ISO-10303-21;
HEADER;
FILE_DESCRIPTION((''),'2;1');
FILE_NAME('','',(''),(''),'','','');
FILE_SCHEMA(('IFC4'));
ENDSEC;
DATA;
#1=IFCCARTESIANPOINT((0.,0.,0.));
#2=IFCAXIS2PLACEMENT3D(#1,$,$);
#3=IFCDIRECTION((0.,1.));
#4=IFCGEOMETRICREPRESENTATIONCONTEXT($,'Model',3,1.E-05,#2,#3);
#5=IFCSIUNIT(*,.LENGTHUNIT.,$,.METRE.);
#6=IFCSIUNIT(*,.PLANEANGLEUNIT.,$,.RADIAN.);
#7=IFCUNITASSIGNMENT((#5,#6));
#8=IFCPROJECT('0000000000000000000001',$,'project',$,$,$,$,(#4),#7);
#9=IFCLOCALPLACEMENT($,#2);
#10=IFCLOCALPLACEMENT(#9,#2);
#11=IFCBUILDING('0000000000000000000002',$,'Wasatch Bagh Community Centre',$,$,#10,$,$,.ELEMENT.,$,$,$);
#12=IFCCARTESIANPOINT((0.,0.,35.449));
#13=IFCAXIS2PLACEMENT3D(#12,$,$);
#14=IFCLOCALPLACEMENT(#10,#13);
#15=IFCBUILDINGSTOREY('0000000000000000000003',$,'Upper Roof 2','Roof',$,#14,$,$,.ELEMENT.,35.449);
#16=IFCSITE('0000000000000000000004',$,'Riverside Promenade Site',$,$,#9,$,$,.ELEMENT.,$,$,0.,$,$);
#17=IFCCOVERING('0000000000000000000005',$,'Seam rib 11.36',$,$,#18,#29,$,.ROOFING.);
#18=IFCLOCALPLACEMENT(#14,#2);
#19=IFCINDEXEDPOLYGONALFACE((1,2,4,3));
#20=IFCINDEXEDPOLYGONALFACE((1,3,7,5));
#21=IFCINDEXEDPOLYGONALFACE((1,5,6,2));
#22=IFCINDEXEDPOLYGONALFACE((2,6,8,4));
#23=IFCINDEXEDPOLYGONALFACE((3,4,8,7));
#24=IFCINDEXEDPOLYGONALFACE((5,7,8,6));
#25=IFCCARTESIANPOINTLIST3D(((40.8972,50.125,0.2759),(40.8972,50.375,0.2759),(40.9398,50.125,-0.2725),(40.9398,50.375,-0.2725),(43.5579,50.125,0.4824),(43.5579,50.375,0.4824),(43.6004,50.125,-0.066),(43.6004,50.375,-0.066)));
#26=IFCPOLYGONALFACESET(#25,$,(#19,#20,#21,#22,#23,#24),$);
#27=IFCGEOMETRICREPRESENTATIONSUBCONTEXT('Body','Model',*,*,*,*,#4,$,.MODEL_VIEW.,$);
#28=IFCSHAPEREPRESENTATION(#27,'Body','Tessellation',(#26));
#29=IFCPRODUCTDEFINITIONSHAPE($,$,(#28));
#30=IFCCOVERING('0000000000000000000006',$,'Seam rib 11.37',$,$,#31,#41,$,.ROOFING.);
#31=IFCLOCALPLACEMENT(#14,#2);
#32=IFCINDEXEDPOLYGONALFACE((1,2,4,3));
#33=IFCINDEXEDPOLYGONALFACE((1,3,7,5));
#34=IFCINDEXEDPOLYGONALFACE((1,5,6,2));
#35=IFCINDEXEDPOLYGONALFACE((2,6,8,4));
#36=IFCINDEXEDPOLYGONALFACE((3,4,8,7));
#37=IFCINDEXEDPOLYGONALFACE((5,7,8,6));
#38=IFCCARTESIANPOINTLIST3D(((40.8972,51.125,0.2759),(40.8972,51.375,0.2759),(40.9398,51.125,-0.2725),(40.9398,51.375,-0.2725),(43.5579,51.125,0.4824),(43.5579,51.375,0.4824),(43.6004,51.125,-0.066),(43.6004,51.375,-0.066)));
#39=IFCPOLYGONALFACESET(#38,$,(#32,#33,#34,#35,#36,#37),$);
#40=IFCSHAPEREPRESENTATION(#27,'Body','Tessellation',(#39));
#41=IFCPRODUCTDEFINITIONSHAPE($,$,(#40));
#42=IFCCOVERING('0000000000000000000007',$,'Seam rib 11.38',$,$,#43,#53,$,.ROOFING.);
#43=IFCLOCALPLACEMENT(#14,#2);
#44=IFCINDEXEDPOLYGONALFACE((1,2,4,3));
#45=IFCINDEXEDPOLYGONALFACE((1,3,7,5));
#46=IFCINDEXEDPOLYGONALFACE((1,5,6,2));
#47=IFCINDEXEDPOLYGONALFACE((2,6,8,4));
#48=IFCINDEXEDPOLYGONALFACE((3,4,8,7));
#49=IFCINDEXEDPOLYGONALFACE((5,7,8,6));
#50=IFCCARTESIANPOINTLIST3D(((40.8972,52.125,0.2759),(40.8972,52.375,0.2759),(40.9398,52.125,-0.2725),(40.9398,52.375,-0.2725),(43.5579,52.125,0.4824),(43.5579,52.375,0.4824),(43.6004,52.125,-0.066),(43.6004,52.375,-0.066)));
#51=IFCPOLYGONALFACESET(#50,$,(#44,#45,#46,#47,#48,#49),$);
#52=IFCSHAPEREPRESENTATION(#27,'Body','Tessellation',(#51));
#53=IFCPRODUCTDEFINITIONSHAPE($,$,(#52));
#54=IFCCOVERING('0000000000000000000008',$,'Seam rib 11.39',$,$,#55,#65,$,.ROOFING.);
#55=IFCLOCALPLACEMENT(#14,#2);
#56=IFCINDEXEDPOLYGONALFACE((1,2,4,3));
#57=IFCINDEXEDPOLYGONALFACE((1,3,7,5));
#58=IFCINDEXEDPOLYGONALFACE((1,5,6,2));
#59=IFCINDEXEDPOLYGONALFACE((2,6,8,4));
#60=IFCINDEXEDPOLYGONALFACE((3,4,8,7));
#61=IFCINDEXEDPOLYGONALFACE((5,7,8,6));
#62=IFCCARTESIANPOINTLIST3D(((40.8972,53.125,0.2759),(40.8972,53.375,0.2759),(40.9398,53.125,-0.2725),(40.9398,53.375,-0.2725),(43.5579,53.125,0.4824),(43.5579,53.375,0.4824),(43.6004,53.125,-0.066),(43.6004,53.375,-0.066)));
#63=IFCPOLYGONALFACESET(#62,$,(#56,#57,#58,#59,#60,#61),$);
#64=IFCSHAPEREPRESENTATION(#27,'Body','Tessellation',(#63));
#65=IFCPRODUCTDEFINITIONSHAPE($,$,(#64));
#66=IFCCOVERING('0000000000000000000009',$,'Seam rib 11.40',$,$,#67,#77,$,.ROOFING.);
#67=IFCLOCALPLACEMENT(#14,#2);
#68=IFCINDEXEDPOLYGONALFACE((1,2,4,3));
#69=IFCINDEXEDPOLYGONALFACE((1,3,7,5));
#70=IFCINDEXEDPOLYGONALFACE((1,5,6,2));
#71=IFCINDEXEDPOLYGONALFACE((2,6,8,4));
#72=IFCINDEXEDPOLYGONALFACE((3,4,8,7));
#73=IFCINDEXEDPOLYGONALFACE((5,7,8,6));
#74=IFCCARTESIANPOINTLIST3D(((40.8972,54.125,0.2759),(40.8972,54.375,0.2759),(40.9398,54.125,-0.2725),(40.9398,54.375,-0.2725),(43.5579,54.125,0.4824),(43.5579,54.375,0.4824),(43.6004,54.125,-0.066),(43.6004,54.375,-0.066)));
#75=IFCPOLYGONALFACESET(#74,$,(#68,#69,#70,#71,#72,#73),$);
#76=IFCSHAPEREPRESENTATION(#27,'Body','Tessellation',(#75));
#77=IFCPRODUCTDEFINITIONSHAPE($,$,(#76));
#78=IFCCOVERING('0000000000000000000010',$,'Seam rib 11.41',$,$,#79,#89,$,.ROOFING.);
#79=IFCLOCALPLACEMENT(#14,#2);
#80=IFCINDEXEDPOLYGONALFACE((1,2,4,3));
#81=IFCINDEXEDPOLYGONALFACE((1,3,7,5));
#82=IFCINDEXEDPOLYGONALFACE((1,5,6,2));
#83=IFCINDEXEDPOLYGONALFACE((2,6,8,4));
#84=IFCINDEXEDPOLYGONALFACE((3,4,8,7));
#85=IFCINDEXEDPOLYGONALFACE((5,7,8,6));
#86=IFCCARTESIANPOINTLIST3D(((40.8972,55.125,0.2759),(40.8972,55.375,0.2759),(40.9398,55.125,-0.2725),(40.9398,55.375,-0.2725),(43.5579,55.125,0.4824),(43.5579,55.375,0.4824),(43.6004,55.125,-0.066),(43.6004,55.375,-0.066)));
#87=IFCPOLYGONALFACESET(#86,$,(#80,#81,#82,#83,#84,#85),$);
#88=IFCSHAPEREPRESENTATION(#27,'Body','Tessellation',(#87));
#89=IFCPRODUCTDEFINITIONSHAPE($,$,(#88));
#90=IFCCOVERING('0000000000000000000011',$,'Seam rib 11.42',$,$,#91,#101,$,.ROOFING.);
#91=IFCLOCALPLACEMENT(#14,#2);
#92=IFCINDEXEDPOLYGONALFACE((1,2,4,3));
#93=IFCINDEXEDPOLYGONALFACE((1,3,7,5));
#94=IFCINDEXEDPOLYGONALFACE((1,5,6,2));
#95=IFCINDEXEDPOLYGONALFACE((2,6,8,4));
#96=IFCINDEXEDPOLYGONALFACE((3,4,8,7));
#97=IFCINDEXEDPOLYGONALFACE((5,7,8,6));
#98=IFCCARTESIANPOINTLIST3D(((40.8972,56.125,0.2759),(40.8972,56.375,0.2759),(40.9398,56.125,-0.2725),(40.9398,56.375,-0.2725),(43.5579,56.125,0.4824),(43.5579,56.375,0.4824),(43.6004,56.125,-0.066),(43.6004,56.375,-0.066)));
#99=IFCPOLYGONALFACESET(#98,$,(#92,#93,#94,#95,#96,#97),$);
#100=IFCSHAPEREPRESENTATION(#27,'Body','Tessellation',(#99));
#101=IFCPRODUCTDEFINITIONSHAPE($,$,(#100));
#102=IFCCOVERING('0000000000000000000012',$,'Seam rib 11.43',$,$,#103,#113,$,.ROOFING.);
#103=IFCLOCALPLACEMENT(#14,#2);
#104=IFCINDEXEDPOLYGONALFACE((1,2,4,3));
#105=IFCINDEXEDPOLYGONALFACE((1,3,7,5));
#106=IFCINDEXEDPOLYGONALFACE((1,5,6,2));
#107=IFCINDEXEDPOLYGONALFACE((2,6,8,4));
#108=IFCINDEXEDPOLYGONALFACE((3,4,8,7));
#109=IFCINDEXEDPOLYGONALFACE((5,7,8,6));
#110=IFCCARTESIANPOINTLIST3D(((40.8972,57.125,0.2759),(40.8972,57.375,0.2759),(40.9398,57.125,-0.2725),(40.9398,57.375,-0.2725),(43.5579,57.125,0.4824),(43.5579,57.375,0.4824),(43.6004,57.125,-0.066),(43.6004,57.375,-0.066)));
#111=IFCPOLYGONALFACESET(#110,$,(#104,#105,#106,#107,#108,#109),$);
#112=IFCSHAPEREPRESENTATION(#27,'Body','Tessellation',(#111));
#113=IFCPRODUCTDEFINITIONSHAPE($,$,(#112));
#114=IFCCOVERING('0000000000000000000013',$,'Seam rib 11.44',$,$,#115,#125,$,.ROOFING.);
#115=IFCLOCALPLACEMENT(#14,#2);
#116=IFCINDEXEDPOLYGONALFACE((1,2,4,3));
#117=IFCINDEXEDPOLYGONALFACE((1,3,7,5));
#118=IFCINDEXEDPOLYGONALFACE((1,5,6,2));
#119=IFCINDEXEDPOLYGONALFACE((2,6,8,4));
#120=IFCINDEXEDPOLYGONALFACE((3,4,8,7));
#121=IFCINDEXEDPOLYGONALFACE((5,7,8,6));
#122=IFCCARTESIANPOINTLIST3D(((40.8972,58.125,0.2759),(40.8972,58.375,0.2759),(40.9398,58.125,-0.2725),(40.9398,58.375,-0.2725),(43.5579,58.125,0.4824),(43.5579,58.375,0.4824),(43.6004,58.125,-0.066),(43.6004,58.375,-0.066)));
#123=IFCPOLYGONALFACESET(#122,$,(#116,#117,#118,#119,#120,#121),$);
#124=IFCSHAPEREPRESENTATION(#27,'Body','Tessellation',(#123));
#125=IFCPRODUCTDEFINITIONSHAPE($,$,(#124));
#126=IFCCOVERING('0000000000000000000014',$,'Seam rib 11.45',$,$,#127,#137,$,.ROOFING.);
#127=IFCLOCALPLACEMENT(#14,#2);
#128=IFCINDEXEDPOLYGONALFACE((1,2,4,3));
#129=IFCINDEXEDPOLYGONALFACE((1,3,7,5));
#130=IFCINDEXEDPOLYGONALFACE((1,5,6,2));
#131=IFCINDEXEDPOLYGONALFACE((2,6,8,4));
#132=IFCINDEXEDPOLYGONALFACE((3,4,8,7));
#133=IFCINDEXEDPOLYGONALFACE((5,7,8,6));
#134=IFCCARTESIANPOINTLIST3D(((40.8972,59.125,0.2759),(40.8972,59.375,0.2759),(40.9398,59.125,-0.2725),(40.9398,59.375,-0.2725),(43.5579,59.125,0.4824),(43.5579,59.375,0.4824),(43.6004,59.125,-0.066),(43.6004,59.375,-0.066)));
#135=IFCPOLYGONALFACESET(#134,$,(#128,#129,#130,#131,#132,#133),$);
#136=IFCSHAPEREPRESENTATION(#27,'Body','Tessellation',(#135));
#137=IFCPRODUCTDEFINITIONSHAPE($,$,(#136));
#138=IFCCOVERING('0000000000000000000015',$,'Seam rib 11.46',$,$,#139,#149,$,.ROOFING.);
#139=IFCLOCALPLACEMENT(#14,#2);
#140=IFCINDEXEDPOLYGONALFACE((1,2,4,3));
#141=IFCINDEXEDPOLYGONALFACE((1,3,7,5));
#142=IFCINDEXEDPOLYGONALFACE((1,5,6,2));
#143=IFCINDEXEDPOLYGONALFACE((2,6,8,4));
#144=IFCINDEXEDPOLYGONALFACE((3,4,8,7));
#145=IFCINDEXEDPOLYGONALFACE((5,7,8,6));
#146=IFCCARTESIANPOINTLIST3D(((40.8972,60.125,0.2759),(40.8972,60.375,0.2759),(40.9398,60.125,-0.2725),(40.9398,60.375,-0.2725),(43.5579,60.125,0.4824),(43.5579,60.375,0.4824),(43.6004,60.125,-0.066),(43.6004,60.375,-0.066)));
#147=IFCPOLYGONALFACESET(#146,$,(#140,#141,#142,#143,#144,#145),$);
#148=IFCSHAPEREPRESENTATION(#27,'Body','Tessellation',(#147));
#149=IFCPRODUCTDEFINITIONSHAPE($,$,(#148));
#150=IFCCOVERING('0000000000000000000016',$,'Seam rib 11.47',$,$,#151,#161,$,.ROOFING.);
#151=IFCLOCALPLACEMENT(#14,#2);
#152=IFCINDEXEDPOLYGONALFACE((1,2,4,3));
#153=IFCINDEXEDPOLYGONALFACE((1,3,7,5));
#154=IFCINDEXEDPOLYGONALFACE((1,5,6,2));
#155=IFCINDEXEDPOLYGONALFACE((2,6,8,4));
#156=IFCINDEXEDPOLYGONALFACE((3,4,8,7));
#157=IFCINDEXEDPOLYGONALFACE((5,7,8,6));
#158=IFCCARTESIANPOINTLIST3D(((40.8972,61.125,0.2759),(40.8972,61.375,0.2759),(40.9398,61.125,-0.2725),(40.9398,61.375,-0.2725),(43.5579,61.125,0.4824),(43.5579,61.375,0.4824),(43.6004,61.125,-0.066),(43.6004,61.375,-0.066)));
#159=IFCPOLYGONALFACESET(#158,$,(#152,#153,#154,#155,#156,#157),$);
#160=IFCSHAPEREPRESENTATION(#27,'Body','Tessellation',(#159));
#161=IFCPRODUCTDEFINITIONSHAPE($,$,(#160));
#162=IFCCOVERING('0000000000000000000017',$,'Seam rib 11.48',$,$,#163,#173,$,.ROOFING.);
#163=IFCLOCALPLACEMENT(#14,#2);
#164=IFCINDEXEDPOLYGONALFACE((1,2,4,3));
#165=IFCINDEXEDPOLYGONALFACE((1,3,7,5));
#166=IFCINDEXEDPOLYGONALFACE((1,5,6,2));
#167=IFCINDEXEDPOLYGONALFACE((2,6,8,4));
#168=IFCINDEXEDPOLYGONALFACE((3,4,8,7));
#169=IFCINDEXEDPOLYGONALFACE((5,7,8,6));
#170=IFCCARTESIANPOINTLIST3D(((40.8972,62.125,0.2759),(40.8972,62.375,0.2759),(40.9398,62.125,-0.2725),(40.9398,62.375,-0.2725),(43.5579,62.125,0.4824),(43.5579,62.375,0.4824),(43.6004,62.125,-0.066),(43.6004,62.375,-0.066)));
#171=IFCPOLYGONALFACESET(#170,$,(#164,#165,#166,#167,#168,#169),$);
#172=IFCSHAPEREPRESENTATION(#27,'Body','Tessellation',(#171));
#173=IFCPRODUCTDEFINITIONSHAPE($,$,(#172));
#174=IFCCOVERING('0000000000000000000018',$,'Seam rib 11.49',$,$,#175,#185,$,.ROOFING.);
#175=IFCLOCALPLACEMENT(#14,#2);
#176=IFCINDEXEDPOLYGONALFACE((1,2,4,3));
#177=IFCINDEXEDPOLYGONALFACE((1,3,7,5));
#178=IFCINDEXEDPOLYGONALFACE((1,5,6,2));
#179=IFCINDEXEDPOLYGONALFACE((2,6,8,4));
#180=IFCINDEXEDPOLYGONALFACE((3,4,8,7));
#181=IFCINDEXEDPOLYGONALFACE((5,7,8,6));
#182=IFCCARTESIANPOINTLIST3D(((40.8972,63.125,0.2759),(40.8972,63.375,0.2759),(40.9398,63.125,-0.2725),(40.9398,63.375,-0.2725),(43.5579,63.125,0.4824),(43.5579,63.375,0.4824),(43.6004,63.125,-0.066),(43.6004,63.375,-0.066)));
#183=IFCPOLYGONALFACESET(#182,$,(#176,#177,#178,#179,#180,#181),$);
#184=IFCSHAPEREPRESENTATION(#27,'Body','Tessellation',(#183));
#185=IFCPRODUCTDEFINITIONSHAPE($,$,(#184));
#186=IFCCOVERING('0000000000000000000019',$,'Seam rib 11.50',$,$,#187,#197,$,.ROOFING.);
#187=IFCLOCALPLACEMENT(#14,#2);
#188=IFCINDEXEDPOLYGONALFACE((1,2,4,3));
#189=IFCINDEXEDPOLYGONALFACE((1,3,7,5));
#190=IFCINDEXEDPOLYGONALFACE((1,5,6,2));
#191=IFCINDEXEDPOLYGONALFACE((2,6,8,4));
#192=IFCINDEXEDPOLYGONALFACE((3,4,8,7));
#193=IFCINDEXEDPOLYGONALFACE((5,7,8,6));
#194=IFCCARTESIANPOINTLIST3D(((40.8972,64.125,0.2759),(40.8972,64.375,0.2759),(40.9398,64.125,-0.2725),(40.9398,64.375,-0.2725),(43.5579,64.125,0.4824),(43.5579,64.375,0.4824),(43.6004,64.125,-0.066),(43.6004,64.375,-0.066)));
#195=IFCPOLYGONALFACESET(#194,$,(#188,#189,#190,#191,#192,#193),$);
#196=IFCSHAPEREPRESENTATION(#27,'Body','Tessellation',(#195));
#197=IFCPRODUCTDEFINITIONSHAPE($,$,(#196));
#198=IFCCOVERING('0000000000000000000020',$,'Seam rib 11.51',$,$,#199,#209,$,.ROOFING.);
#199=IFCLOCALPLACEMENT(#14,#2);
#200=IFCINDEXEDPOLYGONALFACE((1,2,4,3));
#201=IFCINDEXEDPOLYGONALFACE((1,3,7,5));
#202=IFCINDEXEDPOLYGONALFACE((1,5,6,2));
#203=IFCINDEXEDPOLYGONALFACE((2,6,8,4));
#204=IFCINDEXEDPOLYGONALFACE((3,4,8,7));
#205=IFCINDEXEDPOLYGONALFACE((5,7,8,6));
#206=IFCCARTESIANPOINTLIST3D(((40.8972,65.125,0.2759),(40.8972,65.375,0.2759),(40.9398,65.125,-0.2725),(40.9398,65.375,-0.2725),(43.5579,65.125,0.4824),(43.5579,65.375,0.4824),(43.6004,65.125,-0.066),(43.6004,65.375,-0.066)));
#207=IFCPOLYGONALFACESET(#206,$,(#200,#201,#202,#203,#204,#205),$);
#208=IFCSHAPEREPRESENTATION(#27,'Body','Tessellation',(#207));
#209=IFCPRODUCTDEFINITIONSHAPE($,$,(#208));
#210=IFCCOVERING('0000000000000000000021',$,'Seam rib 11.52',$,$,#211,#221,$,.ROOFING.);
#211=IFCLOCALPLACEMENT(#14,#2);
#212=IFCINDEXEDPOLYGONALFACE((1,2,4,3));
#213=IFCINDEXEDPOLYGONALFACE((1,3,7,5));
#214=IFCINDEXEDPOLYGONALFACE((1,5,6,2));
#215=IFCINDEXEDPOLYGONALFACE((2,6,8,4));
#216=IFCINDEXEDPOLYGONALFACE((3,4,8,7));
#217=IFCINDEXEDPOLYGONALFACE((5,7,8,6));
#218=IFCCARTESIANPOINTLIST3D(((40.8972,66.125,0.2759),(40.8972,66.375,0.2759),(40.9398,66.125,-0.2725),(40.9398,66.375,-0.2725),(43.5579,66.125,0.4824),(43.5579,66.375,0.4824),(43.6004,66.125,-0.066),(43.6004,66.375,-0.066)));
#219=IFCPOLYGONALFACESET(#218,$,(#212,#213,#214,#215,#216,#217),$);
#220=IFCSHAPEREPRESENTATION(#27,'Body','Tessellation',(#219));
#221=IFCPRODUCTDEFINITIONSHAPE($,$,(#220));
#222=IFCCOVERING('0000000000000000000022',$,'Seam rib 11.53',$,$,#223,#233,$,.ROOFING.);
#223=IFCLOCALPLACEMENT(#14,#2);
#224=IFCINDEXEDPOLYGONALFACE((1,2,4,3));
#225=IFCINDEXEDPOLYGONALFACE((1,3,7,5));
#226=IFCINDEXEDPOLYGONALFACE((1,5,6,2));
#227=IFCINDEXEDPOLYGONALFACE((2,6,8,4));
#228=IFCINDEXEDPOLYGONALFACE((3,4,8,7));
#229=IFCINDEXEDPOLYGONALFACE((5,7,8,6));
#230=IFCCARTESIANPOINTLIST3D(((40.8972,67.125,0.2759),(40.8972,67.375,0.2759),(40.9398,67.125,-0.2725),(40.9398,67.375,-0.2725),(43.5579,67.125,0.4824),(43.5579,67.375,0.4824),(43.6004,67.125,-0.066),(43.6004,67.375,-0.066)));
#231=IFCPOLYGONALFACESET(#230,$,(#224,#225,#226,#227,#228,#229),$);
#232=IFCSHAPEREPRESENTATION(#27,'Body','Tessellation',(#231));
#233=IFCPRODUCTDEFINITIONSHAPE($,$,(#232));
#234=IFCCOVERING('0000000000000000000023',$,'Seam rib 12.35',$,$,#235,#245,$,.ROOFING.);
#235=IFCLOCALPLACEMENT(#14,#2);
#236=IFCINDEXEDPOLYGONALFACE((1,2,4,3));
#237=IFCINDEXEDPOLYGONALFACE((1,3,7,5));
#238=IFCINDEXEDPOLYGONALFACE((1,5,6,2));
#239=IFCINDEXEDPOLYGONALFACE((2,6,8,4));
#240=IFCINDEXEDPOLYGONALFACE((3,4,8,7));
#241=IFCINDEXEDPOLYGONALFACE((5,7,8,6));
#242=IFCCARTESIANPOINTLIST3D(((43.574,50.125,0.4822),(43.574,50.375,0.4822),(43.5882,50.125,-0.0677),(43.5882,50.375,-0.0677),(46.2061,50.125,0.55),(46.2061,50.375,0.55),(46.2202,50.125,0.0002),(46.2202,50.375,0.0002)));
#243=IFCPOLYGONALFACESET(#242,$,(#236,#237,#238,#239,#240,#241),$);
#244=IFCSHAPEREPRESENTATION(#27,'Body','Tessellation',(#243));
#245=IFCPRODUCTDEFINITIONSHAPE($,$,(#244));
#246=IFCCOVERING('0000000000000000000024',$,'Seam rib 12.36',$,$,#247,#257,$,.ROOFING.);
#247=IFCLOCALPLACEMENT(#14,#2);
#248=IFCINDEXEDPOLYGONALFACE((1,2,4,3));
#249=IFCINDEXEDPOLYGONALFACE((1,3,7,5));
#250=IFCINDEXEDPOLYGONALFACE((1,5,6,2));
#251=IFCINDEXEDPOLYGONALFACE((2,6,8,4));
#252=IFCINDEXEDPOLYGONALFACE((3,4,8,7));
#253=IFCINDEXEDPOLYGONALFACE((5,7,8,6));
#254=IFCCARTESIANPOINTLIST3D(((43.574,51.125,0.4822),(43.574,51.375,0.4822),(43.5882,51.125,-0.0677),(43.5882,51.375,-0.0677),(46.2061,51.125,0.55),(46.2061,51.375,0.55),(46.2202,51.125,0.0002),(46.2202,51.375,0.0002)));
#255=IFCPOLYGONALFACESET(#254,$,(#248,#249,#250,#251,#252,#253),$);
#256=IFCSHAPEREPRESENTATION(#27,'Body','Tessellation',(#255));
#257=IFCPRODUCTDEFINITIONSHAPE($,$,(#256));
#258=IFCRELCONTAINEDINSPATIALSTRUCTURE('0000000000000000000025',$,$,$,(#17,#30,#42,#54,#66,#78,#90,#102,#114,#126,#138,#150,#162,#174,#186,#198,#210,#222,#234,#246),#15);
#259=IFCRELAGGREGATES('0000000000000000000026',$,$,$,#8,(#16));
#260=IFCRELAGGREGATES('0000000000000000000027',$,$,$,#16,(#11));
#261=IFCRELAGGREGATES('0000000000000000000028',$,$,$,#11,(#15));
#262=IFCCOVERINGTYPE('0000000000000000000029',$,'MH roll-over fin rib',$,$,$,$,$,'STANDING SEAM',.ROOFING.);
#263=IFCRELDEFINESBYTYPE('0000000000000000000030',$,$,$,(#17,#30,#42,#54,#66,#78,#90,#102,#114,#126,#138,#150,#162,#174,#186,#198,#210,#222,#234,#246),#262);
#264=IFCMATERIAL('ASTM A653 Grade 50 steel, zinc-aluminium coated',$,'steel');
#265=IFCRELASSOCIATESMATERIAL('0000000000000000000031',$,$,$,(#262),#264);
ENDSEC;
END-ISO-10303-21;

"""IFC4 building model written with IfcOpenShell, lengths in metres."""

from ifc_helpers import new_model, si_unit, direction, frame, origin, place, context, subcontext, project, spatial, polyline, outline, extrude, material, type_object, element, save


model = new_model("IFC4")

# Units and contexts
model_context = context("Model", 3, precision=1e-05, world=origin(), true_north=direction((0.0, 1.0)))
body_context = subcontext(model_context, "Body", "Model", "MODEL_VIEW")
ifc_project = project(units=[si_unit("LENGTHUNIT", "METRE"), si_unit("PLANEANGLEUNIT", "RADIAN")], contexts=[model_context])

# Site, building, storey
site_placement = place(None, origin())
site = spatial("IfcSite", under=ifc_project, at=site_placement, Name="Riverside Promenade Site", CompositionType="ELEMENT", RefElevation=0.0)
building_placement = place(site_placement, origin())
building = spatial("IfcBuilding", under=site, at=building_placement, Name="Wasatch Bagh Community Centre", CompositionType="ELEMENT")
storey_placement = place(building_placement, frame((0.0, 0.0, 35.449)))
storey = spatial("IfcBuildingStorey", under=building, at=storey_placement, Name="Upper Roof 2", Description="Roof", CompositionType="ELEMENT", Elevation=35.449)

# Coverings
ifc_material = material(Name="ASTM A653 Grade 50 steel, zinc-aluminium coated", Category="steel")
covering_type = type_object("IfcCoveringType", Name="MH roll-over fin rib", ElementType="STANDING SEAM", PredefinedType="ROOFING", material=ifc_material)
for number, where, z_axis, x_axis, name in (
    (1, (40.8972, 50.125, 0.2759), (-0.077396, 0.0, 0.997), (0.997, 0.0, 0.077396), "Seam rib 11.36"),
    (2, (40.8972, 51.125, 0.2759), (-0.077396, 0.0, 0.997), (0.997, 0.0, 0.077396), "Seam rib 11.37"),
    (3, (40.8972, 52.125, 0.2759), (-0.077396, 0.0, 0.997), (0.997, 0.0, 0.077396), "Seam rib 11.38"),
    (4, (40.8972, 53.125, 0.2759), (-0.077396, 0.0, 0.997), (0.997, 0.0, 0.077396), "Seam rib 11.39"),
    (5, (40.8972, 54.125, 0.2759), (-0.077396, 0.0, 0.997), (0.997, 0.0, 0.077396), "Seam rib 11.40"),
    (6, (40.8972, 55.125, 0.2759), (-0.077396, 0.0, 0.997), (0.997, 0.0, 0.077396), "Seam rib 11.41"),
    (7, (40.8972, 56.125, 0.2759), (-0.077396, 0.0, 0.997), (0.997, 0.0, 0.077396), "Seam rib 11.42"),
    (8, (40.8972, 57.125, 0.2759), (-0.077396, 0.0, 0.997), (0.997, 0.0, 0.077396), "Seam rib 11.43"),
    (9, (40.8972, 58.125, 0.2759), (-0.077396, 0.0, 0.997), (0.997, 0.0, 0.077396), "Seam rib 11.44"),
    (10, (40.8972, 59.125, 0.2759), (-0.077396, 0.0, 0.997), (0.997, 0.0, 0.077396), "Seam rib 11.45"),
    (11, (40.8972, 60.125, 0.2759), (-0.077396, 0.0, 0.997), (0.997, 0.0, 0.077396), "Seam rib 11.46"),
    (12, (40.8972, 61.125, 0.2759), (-0.077396, 0.0, 0.997), (0.997, 0.0, 0.077396), "Seam rib 11.47"),
    (13, (40.8972, 62.125, 0.2759), (-0.077396, 0.0, 0.997), (0.997, 0.0, 0.077396), "Seam rib 11.48"),
    (14, (40.8972, 63.125, 0.2759), (-0.077396, 0.0, 0.997), (0.997, 0.0, 0.077396), "Seam rib 11.49"),
    (15, (40.8972, 64.125, 0.2759), (-0.077396, 0.0, 0.997), (0.997, 0.0, 0.077396), "Seam rib 11.50"),
    (16, (40.8972, 65.125, 0.2759), (-0.077396, 0.0, 0.997), (0.997, 0.0, 0.077396), "Seam rib 11.51"),
    (17, (40.8972, 66.125, 0.2759), (-0.077396, 0.0, 0.997), (0.997, 0.0, 0.077396), "Seam rib 11.52"),
    (18, (40.8972, 67.125, 0.2759), (-0.077396, 0.0, 0.997), (0.997, 0.0, 0.077396), "Seam rib 11.53"),
):
    element("IfcCovering", number, at=place(storey_placement, frame(where, z_axis=z_axis, x_axis=x_axis)), inside=storey, type_object=covering_type, Name=name, PredefinedType="ROOFING", context=body_context, shape_type="SweptSolid", body=[
        extrude(outline(polyline([(0.0, 0.0), (2.6686, 0.0), (2.6686, 0.25), (0.0, 0.25), (0.0, 0.0)])), origin(), (0.0, 0.0, -1.0), 0.55),
    ])
for number, where, z_axis, x_axis, name in (
    (19, (43.574, 50.125, 0.4822), (-0.025778, 0.0, 0.999668), (0.999668, 0.0, 0.025778), "Seam rib 12.35"),
    (20, (43.574, 51.125, 0.4822), (-0.025778, 0.0, 0.999668), (0.999668, 0.0, 0.025778), "Seam rib 12.36"),
):
    element("IfcCovering", number, at=place(storey_placement, frame(where, z_axis=z_axis, x_axis=x_axis)), inside=storey, type_object=covering_type, Name=name, PredefinedType="ROOFING", context=body_context, shape_type="SweptSolid", body=[
        extrude(outline(polyline([(0.0, 0.0), (2.633, 0.0), (2.633, 0.25), (0.0, 0.25), (0.0, 0.0)])), origin(), (0.0, 0.0, -1.0), 0.55),
    ])

save(model, "model.ifc")
